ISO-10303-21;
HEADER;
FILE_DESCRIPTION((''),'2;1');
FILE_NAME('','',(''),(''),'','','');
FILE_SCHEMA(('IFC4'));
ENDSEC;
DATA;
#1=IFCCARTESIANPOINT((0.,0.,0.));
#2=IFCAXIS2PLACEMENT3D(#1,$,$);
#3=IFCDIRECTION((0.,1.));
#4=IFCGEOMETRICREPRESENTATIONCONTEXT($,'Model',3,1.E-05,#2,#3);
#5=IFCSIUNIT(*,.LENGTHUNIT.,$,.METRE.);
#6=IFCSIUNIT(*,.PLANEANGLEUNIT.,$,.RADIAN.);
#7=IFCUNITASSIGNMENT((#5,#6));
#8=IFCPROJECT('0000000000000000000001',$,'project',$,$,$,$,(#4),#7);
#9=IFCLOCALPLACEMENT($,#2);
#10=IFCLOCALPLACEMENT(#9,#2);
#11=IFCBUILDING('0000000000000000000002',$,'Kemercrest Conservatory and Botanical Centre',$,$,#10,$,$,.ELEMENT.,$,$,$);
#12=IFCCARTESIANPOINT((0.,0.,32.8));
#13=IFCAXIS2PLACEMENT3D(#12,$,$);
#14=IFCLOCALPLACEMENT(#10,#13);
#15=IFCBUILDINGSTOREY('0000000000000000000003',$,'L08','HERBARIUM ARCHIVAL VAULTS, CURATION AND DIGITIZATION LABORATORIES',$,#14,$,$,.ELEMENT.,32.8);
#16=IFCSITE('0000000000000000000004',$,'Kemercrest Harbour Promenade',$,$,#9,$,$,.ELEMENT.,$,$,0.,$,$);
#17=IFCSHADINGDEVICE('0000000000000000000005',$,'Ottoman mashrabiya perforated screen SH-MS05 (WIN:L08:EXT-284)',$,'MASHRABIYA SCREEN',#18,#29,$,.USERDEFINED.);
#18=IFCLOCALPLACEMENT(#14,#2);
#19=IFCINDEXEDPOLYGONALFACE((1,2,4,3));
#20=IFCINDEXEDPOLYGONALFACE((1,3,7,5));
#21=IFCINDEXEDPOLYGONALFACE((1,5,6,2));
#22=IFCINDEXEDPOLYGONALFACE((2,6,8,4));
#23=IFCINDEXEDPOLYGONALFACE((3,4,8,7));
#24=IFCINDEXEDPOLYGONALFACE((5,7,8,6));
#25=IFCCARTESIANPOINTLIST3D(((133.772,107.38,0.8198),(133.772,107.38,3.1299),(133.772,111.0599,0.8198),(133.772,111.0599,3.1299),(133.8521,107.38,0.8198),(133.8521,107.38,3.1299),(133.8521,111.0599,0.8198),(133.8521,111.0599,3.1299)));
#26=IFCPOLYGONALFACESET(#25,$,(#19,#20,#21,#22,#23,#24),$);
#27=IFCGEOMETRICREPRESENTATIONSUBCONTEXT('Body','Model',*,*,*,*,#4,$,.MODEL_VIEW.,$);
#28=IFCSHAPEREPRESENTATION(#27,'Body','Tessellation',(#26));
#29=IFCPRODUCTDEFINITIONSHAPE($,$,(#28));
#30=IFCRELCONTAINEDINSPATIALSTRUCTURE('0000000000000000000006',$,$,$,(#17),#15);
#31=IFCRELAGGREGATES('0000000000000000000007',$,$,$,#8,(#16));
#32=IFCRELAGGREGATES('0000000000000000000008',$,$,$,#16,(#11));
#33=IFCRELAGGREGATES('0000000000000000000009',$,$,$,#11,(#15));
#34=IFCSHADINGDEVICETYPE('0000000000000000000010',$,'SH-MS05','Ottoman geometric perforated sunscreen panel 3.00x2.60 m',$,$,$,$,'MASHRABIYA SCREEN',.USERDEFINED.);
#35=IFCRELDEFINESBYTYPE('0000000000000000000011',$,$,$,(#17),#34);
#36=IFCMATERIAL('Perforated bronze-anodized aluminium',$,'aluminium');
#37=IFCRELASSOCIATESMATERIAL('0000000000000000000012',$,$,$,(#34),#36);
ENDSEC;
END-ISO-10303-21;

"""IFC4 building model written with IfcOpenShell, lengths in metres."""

from ifc_helpers import new_model, si_unit, direction, frame, origin, origin_2d, place, context, subcontext, project, spatial, rectangle, extrude, material, type_object, element, save


model = new_model("IFC4")

# Units and contexts
model_context = context("Model", 3, precision=1e-05, world=origin(), true_north=direction((0.0, 1.0)))
body_context = subcontext(model_context, "Body", "Model", "MODEL_VIEW")
ifc_project = project(units=[si_unit("LENGTHUNIT", "METRE"), si_unit("PLANEANGLEUNIT", "RADIAN")], contexts=[model_context])

# Site, building, storey
site_placement = place(None, origin())
site = spatial("IfcSite", under=ifc_project, at=site_placement, Name="Kemercrest Harbour Promenade", CompositionType="ELEMENT", RefElevation=0.0)
building_placement = place(site_placement, origin())
building = spatial("IfcBuilding", under=site, at=building_placement, Name="Kemercrest Conservatory and Botanical Centre", CompositionType="ELEMENT")
storey_placement = place(building_placement, frame((0.0, 0.0, 32.8)))
storey = spatial("IfcBuildingStorey", under=building, at=storey_placement, Name="L08", Description="HERBARIUM ARCHIVAL VAULTS, CURATION AND DIGITIZATION LABORATORIES", CompositionType="ELEMENT", Elevation=32.8)

# Shading device
ifc_material_1 = material(Name="Perforated bronze-anodized aluminium", Category="aluminium")
shading_device_type_1 = type_object("IfcShadingDeviceType", Name="SH-MS05", Description="Ottoman geometric perforated sunscreen panel 3.00x2.60 m", ElementType="MASHRABIYA SCREEN", PredefinedType="USERDEFINED", material=ifc_material_1)
shading_device_1_placement = place(storey_placement, frame((133.812, 109.22, 0.8198), z_axis=(0.0, 0.0, 1.0), x_axis=(0.0, -1.0, 0.0)))
element("IfcShadingDevice", 1, at=shading_device_1_placement, inside=storey, type_object=shading_device_type_1, Name="Ottoman mashrabiya perforated screen SH-MS05 (WIN:L08:EXT-284)", ObjectType="MASHRABIYA SCREEN", PredefinedType="USERDEFINED", context=body_context, shape_type="SweptSolid", body=[
    extrude(rectangle(XDim=3.6799, YDim=0.0801, at=origin_2d()), origin(), (0.0, 0.0, 1.0), 2.3101),
])

save(model, "model.ifc")
